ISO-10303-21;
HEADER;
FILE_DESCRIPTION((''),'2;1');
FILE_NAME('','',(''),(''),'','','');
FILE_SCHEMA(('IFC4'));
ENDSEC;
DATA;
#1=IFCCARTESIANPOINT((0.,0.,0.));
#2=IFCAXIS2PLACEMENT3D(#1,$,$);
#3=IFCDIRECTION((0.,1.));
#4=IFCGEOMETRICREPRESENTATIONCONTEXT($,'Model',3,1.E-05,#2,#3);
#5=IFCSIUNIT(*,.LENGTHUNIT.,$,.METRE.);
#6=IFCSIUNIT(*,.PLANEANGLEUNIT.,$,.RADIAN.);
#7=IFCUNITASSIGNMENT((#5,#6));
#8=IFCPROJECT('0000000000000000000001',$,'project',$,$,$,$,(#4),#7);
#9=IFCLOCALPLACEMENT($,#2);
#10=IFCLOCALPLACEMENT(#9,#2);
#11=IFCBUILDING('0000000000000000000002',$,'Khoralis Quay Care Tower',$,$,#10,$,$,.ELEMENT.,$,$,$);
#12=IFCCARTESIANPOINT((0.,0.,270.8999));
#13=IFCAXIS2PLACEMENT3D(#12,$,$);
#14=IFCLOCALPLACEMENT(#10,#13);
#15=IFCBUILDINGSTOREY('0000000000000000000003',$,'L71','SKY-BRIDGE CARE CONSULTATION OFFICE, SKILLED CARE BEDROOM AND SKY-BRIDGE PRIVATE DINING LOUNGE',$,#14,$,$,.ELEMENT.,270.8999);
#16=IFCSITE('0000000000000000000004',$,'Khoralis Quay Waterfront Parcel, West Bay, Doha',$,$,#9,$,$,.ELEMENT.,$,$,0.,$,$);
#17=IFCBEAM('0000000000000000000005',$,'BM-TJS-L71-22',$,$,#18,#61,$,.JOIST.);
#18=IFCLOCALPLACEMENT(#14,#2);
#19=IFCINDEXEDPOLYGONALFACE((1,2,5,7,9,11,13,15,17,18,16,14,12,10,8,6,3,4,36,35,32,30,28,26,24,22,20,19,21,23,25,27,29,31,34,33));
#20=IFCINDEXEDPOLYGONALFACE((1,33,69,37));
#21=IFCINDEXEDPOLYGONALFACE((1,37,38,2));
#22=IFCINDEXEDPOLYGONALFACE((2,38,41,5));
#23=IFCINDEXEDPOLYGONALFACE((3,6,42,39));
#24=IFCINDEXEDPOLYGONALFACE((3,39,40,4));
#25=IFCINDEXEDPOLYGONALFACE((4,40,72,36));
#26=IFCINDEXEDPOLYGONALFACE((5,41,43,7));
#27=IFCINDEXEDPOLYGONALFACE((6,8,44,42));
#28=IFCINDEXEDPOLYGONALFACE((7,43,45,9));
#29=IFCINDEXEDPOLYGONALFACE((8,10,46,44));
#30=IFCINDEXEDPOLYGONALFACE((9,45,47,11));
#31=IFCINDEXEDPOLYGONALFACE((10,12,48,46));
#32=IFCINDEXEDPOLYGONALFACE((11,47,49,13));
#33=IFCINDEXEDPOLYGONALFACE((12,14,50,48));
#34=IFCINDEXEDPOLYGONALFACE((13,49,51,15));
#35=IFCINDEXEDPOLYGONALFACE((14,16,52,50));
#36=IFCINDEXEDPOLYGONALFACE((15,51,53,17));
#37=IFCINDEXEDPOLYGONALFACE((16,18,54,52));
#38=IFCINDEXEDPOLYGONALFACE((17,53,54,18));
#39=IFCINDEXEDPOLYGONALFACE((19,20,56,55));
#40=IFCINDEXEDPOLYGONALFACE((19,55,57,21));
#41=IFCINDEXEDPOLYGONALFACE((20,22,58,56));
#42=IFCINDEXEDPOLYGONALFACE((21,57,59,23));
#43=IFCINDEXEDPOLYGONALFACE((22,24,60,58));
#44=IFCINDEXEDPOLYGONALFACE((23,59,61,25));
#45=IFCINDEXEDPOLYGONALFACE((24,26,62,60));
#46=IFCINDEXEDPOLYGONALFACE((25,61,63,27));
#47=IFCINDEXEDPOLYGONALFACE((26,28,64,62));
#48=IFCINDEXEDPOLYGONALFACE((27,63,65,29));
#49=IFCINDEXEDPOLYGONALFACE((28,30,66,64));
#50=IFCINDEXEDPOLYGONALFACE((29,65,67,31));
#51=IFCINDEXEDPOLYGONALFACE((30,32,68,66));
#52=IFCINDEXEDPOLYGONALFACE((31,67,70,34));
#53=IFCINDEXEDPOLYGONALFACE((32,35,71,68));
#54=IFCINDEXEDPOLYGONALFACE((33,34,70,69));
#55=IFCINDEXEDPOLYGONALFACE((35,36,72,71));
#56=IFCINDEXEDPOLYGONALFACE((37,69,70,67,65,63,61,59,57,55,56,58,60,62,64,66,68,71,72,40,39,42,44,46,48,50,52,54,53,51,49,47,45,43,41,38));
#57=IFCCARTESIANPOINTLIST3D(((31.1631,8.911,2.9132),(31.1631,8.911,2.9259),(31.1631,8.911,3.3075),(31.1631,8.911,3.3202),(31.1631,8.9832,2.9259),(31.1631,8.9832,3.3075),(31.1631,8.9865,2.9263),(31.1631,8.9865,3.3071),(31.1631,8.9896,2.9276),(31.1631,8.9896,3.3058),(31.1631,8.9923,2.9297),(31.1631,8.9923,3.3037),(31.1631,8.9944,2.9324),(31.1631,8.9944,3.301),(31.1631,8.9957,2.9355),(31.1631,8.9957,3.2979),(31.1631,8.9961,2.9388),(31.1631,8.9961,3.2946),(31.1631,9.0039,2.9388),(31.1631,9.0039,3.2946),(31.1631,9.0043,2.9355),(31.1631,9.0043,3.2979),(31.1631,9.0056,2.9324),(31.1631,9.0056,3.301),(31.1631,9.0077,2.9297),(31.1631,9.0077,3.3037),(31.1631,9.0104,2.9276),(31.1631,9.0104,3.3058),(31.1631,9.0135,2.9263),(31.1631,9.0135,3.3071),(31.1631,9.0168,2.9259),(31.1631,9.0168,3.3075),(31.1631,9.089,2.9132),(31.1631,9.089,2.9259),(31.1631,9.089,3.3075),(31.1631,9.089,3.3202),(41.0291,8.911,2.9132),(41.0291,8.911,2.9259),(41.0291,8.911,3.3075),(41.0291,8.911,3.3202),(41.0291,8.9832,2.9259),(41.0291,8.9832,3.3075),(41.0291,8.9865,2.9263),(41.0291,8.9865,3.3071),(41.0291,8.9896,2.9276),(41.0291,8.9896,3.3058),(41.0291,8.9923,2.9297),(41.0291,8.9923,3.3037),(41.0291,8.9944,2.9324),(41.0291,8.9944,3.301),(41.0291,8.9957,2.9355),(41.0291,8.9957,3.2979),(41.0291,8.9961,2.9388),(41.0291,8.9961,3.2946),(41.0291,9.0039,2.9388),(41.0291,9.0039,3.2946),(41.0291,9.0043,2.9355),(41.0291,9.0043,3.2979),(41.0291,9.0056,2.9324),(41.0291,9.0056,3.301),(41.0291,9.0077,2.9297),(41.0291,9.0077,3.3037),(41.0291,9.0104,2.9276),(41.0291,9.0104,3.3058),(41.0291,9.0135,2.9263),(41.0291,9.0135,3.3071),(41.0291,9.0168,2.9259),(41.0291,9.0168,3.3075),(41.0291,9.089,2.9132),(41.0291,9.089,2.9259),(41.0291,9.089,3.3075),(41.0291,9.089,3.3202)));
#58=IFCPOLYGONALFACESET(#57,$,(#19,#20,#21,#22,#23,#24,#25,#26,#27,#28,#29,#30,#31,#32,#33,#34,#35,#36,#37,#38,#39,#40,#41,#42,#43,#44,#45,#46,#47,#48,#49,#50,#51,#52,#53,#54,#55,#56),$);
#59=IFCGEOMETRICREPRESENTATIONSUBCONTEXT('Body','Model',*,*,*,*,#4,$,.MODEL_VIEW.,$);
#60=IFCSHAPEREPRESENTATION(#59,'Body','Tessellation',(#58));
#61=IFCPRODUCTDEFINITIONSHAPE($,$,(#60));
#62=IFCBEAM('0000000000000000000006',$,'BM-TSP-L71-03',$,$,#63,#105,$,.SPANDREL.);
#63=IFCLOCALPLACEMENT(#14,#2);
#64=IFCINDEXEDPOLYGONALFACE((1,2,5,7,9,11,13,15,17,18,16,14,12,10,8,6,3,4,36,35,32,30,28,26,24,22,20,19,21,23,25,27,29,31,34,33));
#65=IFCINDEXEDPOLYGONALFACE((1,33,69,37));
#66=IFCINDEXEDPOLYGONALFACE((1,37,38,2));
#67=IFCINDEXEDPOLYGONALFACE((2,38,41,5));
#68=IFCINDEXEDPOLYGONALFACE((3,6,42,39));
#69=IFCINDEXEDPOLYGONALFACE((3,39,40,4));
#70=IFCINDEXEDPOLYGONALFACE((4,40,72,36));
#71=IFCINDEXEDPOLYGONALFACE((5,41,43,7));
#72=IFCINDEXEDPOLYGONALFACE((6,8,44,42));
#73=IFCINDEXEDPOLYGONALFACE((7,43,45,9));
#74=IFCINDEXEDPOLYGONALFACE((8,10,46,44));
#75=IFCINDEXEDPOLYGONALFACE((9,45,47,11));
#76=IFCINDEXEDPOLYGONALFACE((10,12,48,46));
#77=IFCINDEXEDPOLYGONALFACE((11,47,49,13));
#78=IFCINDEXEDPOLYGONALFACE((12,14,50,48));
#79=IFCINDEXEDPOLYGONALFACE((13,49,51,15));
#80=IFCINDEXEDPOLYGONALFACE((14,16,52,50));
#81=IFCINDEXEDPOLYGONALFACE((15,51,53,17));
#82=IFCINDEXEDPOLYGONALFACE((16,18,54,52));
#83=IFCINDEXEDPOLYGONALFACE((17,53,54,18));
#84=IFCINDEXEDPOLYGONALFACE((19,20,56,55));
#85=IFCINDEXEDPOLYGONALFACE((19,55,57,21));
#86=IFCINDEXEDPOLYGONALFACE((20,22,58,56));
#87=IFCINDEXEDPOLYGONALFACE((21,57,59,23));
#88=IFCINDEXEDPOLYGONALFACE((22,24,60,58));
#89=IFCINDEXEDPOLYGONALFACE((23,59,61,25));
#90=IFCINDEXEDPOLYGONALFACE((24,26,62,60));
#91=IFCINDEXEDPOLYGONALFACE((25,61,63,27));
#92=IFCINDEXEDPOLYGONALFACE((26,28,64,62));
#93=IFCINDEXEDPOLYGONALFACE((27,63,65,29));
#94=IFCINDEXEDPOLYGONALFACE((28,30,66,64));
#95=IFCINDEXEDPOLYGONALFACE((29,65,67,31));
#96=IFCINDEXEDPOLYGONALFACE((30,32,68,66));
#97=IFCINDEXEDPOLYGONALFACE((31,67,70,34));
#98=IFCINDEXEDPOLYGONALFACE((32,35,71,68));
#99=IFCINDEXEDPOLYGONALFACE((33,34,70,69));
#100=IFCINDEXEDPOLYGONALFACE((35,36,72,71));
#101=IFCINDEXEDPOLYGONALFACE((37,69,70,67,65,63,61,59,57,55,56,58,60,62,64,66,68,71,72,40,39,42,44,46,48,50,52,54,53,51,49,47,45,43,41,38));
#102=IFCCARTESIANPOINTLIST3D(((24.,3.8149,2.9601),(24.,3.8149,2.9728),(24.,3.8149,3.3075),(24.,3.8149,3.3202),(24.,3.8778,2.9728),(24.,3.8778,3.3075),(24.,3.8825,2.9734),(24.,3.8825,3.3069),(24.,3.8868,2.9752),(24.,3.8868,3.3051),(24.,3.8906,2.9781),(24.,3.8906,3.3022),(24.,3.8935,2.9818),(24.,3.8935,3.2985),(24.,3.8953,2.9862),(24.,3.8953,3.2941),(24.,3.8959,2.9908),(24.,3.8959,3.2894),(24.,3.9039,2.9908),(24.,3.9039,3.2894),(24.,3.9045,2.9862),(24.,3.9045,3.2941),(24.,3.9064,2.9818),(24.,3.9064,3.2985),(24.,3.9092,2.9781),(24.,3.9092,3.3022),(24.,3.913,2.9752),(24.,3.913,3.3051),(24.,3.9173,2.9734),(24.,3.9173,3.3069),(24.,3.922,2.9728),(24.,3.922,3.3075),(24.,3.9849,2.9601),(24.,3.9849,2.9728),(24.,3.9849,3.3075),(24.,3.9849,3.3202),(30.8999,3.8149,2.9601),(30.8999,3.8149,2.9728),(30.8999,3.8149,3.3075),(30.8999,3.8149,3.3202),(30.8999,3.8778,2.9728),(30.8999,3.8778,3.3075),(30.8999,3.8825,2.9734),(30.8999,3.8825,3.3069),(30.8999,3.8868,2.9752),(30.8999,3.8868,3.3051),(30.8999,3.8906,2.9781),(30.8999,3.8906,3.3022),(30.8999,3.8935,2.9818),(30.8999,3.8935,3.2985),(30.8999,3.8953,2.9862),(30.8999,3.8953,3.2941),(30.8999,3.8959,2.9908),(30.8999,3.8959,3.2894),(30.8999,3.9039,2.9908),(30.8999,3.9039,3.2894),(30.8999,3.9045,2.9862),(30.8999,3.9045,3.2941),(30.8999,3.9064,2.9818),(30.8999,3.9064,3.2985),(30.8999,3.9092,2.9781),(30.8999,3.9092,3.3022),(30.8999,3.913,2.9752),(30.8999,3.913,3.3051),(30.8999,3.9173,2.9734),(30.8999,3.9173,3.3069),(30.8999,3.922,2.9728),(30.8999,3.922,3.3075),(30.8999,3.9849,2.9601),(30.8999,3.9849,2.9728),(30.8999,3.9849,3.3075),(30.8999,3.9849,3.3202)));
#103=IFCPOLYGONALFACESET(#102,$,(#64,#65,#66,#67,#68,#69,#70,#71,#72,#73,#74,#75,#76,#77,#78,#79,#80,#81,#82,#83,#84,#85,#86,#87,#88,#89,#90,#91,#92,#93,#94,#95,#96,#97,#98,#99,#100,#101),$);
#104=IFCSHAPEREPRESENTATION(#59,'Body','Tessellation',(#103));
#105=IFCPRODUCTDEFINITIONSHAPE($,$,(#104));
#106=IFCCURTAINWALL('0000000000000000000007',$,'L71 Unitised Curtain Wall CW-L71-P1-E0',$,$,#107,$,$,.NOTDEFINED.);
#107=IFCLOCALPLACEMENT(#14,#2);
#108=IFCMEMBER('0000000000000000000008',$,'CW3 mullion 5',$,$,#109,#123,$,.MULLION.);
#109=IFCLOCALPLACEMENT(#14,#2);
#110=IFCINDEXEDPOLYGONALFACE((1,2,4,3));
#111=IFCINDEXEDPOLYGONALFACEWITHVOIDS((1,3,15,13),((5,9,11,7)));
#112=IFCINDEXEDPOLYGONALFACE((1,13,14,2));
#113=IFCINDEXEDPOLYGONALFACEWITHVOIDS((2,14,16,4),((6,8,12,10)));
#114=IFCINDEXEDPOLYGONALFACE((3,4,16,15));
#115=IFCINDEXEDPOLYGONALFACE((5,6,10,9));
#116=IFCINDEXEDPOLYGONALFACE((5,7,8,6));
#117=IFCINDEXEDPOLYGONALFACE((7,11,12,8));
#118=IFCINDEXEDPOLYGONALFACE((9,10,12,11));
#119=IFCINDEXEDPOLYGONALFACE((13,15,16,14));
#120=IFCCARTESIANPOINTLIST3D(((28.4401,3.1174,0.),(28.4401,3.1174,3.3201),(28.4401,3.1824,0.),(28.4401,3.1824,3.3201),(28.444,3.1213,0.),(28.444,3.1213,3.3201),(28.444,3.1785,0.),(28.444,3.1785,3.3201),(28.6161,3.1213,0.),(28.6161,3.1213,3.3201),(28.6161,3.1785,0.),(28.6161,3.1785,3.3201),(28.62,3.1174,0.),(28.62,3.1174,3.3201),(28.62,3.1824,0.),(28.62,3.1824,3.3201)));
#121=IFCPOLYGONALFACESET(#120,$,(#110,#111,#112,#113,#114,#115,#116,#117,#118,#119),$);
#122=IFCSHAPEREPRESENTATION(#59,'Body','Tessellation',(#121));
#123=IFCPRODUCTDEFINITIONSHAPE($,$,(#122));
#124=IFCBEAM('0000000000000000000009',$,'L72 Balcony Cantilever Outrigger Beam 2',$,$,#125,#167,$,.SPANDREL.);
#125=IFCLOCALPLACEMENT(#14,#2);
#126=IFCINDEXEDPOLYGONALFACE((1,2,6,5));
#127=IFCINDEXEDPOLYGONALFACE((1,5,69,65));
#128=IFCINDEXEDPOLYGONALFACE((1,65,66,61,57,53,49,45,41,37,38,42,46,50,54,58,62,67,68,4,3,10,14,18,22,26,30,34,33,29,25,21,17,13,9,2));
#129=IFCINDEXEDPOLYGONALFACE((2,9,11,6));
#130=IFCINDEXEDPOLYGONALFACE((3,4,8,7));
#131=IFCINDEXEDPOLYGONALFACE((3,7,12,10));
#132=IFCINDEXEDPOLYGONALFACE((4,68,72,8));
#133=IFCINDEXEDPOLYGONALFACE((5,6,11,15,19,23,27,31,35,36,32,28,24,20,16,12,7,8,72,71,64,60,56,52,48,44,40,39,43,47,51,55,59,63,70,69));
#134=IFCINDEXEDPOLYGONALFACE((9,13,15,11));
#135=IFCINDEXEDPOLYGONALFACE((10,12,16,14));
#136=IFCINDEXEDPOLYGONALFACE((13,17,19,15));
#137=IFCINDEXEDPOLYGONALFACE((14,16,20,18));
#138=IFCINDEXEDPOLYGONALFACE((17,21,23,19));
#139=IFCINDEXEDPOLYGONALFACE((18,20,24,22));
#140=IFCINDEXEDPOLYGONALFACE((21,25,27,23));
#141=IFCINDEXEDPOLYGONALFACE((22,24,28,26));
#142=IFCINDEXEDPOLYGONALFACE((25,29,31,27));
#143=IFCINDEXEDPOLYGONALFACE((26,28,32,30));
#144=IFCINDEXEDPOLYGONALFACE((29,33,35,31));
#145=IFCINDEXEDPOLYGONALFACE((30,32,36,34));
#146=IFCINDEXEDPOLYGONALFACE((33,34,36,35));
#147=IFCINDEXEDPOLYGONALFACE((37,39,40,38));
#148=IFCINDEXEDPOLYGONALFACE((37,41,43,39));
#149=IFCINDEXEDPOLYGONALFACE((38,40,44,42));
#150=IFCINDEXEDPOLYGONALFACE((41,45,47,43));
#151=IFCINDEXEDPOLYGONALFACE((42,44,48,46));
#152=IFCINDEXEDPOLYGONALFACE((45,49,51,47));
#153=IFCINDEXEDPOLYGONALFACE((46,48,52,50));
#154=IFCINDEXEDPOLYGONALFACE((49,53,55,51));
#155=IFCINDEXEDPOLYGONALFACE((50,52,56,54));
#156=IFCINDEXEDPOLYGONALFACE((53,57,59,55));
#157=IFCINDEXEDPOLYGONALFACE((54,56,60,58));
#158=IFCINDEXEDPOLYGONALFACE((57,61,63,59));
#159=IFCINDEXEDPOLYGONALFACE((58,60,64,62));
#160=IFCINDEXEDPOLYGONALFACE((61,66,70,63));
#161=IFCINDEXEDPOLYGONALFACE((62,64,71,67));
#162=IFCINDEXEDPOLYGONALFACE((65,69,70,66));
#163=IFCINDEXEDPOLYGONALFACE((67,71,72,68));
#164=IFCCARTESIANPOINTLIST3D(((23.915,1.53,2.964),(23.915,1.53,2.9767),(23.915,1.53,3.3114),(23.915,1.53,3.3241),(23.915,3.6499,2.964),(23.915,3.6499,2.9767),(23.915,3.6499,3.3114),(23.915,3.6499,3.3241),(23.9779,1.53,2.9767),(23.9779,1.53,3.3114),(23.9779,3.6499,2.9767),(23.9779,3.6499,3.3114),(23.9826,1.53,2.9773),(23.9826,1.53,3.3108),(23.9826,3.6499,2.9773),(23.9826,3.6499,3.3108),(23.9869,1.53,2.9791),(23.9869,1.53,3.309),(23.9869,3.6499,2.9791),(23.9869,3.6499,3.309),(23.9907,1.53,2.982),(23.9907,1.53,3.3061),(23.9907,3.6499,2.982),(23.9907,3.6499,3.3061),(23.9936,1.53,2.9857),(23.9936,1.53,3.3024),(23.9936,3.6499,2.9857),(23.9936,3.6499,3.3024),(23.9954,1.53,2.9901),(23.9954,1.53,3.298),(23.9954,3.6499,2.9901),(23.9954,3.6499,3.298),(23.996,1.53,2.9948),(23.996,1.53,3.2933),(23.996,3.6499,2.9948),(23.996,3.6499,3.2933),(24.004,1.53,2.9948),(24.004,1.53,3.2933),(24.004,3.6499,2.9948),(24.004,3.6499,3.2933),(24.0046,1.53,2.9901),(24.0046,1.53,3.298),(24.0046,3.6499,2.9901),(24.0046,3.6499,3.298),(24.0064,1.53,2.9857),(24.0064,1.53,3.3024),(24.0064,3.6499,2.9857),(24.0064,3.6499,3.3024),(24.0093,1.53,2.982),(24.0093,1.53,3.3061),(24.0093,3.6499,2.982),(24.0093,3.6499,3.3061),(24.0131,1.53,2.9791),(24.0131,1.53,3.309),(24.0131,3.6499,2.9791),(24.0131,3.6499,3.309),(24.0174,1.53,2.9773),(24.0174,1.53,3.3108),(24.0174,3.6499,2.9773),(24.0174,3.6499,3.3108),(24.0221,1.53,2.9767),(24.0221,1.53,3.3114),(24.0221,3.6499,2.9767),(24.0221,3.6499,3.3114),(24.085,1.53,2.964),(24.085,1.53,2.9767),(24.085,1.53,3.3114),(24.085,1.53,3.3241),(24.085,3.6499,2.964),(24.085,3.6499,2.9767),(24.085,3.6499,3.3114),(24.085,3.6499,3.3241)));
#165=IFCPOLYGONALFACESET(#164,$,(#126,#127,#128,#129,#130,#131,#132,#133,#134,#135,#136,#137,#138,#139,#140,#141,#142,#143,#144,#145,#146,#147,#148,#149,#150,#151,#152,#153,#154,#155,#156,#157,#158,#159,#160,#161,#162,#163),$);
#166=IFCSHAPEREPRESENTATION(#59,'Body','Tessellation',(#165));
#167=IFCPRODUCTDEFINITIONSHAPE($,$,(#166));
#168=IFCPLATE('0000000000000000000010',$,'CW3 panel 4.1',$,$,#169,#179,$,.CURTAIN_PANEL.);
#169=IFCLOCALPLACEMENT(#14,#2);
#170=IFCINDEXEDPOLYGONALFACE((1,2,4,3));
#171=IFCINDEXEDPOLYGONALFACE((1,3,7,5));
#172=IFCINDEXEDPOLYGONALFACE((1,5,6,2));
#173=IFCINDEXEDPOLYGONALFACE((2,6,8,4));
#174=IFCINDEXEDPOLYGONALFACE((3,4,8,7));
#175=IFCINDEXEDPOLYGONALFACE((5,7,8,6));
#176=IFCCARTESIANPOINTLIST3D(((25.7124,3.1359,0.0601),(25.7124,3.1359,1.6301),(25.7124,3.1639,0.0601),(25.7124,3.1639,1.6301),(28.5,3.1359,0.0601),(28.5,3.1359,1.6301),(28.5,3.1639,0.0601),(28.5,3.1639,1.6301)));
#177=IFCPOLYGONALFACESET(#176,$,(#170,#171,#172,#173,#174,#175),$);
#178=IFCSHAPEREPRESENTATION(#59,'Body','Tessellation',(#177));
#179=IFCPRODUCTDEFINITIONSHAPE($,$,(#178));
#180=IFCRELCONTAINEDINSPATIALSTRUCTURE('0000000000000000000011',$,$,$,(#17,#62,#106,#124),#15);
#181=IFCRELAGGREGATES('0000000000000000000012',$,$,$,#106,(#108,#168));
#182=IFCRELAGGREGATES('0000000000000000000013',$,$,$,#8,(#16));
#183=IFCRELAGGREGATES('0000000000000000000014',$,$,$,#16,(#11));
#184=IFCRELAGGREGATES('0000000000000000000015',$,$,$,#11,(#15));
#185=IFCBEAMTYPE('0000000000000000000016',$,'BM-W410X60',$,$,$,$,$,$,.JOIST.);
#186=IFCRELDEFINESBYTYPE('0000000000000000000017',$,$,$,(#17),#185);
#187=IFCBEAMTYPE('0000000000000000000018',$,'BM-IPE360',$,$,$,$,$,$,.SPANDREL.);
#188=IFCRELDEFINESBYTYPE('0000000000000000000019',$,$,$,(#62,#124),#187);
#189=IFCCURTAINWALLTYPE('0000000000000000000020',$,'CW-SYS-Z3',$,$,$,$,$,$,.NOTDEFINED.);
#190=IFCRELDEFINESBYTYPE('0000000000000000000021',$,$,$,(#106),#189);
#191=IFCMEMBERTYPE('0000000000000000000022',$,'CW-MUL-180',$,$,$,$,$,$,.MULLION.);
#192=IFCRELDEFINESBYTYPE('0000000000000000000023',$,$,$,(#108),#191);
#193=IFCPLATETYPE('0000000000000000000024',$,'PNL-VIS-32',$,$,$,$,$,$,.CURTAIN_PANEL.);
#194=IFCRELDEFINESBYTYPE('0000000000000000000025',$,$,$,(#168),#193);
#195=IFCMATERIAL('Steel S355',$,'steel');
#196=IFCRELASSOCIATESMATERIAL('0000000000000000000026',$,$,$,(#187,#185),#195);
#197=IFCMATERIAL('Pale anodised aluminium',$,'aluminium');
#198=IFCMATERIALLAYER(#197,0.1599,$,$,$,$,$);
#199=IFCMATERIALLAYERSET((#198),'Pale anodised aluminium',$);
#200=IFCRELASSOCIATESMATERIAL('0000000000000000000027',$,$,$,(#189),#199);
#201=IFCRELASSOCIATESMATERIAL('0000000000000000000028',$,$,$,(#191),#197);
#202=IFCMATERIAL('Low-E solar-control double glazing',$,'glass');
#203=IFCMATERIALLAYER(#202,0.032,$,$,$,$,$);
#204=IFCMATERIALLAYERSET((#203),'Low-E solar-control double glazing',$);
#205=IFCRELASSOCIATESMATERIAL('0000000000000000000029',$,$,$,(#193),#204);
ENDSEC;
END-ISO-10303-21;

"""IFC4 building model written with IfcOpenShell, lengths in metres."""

from ifc_helpers import new_model, si_unit, direction, frame, origin, origin_2d, place, context, subcontext, project, spatial, rectangle, hollow_rectangle, i_section, extrude, source, transform, mapped, material, layer, layer_set, material_profile, profile_set, type_object, element, aggregate, save


model = new_model("IFC4")

# Units and contexts
model_context = context("Model", 3, precision=1e-05, world=origin(), true_north=direction((0.0, 1.0)))
body_context = subcontext(model_context, "Body", "Model", "MODEL_VIEW")
ifc_project = project(units=[si_unit("LENGTHUNIT", "METRE"), si_unit("PLANEANGLEUNIT", "RADIAN")], contexts=[model_context])

# Site, building, storey
site_placement = place(None, origin())
site = spatial("IfcSite", under=ifc_project, at=site_placement, Name="Khoralis Quay Waterfront Parcel, West Bay, Doha", CompositionType="ELEMENT", RefElevation=0.0)
building_placement = place(site_placement, origin())
building = spatial("IfcBuilding", under=site, at=building_placement, Name="Khoralis Quay Care Tower", CompositionType="ELEMENT")
storey_placement = place(building_placement, frame((0.0, 0.0, 270.8999)))
storey = spatial("IfcBuildingStorey", under=building, at=storey_placement, Name="L71", Description="SKY-BRIDGE CARE CONSULTATION OFFICE, SKILLED CARE BEDROOM AND SKY-BRIDGE PRIVATE DINING LOUNGE", CompositionType="ELEMENT", Elevation=270.8999)

# Beams
ifc_material_1 = material(Name="Steel S355", Category="steel")
ifc_material_profile_1 = material_profile(ifc_material_1, i_section(OverallWidth=0.1699, OverallDepth=0.3601, WebThickness=0.0081, FlangeThickness=0.0127, FilletRadius=0.0181, at=origin_2d()), Name="Steel S355")
ifc_profile_set_1 = profile_set([ifc_material_profile_1], Name="Steel S355")
beam_type_1 = type_object("IfcBeamType", Name="BM-IPE360", PredefinedType="SPANDREL", material=ifc_profile_set_1)
ifc_material_profile_2 = material_profile(ifc_material_1, i_section(OverallWidth=0.178, OverallDepth=0.407, WebThickness=0.0078, FlangeThickness=0.0127, FilletRadius=0.0129, at=origin_2d()), Name="Steel S355")
ifc_profile_set_2 = profile_set([ifc_material_profile_2], Name="Steel S355")
beam_type_2 = type_object("IfcBeamType", Name="BM-W410X60", PredefinedType="JOIST", material=ifc_profile_set_2)
shared_shape_1 = source(origin(), body_context, "Body", "SweptSolid", [
    extrude(i_section(OverallWidth=0.178, OverallDepth=0.407, WebThickness=0.0078, FlangeThickness=0.0127, FilletRadius=0.0129, at=origin_2d()), origin(), (0.0, 0.0, 1.0), 9.866),
])
beam_1_placement = place(storey_placement, frame((31.1631, 9.0, 3.1167), z_axis=(1.0, 0.0, 0.0), x_axis=(0.0, 1.0, 0.0)))
element("IfcBeam", 1, at=beam_1_placement, inside=storey, type_object=beam_type_2, Name="BM-TJS-L71-22", PredefinedType="JOIST", context=body_context, shape_type="MappedRepresentation", body=[
    mapped(shared_shape_1, transform((0.0, 0.0, 0.0), scale=1.0)),
])
shared_shape_2 = source(origin(), body_context, "Body", "SweptSolid", [
    extrude(i_section(OverallWidth=0.1699, OverallDepth=0.3601, WebThickness=0.0081, FlangeThickness=0.0127, FilletRadius=0.0181, at=origin_2d()), origin(), (0.0, 0.0, 1.0), 6.8999),
])
beam_2_placement = place(storey_placement, frame((24.0, 3.8999, 3.1401), z_axis=(1.0, 0.0, 0.0), x_axis=(0.0, 1.0, 0.0)))
element("IfcBeam", 2, at=beam_2_placement, inside=storey, type_object=beam_type_1, Name="BM-TSP-L71-03", PredefinedType="SPANDREL", context=body_context, shape_type="MappedRepresentation", body=[
    mapped(shared_shape_2, transform((0.0, 0.0, 0.0), scale=1.0)),
])

# Curtain wall, member
ifc_material_2 = material(Name="Pale anodised aluminium", Category="aluminium")
ifc_layer_1 = layer(ifc_material_2, 0.1599)
ifc_layer_set_1 = layer_set([ifc_layer_1], Name="Pale anodised aluminium")
curtain_wall_type = type_object("IfcCurtainWallType", Name="CW-SYS-Z3", PredefinedType="NOTDEFINED", material=ifc_layer_set_1)
curtain_wall_placement = place(storey_placement, origin())
curtain_wall = element("IfcCurtainWall", 3, at=curtain_wall_placement, inside=storey, type_object=curtain_wall_type, Name="L71 Unitised Curtain Wall CW-L71-P1-E0", PredefinedType="NOTDEFINED")
ifc_material_profile_3 = material_profile(ifc_material_2, hollow_rectangle(XDim=0.0649, YDim=0.1799, WallThickness=0.0039, at=origin_2d()), Name="Pale anodised aluminium")
ifc_profile_set_3 = profile_set([ifc_material_profile_3], Name="Pale anodised aluminium")
member_type = type_object("IfcMemberType", Name="CW-MUL-180", PredefinedType="MULLION", material=ifc_profile_set_3)
shared_shape_3 = source(origin(), body_context, "Body", "SweptSolid", [
    extrude(hollow_rectangle(XDim=0.0649, YDim=0.1799, WallThickness=0.0039, at=origin_2d()), origin(), (0.0, 0.0, 1.0), 3.3201),
])
member_placement = place(storey_placement, frame((28.53, 3.1499, 0.0), z_axis=(0.0, 0.0, 1.0), x_axis=(0.0, 1.0, 0.0)))
member = element("IfcMember", 4, at=member_placement, type_object=member_type, Name="CW3 mullion 5", PredefinedType="MULLION", context=body_context, shape_type="MappedRepresentation", body=[
    mapped(shared_shape_3, transform((0.0, 0.0, 0.0), scale=1.0)),
])

# Beam
shared_shape_4 = source(origin(), body_context, "Body", "SweptSolid", [
    extrude(i_section(OverallWidth=0.1699, OverallDepth=0.3601, WebThickness=0.0081, FlangeThickness=0.0127, FilletRadius=0.0181, at=origin_2d()), origin(), (0.0, 0.0, 1.0), 2.1199),
])
beam_3_placement = place(storey_placement, frame((24.0, 3.6499, 3.144), z_axis=(0.0, -1.0, 0.0), x_axis=(1.0, 0.0, 0.0)))
element("IfcBeam", 5, at=beam_3_placement, inside=storey, type_object=beam_type_1, Name="L72 Balcony Cantilever Outrigger Beam 2", PredefinedType="SPANDREL", context=body_context, shape_type="MappedRepresentation", body=[
    mapped(shared_shape_4, transform((0.0, 0.0, 0.0), scale=1.0)),
])

# Plate
ifc_material_3 = material(Name="Low-E solar-control double glazing", Category="glass")
ifc_layer_2 = layer(ifc_material_3, 0.032)
ifc_layer_set_2 = layer_set([ifc_layer_2], Name="Low-E solar-control double glazing")
plate_type = type_object("IfcPlateType", Name="PNL-VIS-32", PredefinedType="CURTAIN_PANEL", material=ifc_layer_set_2)
shared_shape_5 = source(origin(), body_context, "Body", "SweptSolid", [
    extrude(rectangle(XDim=2.7876, YDim=0.0281, at=origin_2d()), origin(), (0.0, 0.0, 1.0), 1.5701),
])
plate_1_placement = place(storey_placement, frame((27.1062, 3.1499, 0.0601), z_axis=(0.0, 0.0, 1.0), x_axis=(1.0, 0.0, 0.0)))
plate_1 = element("IfcPlate", 6, at=plate_1_placement, type_object=plate_type, Name="CW3 panel 4.1", PredefinedType="CURTAIN_PANEL", context=body_context, shape_type="MappedRepresentation", body=[
    mapped(shared_shape_5, transform((0.0, 0.0, 0.0), scale=1.0)),
])
aggregate(curtain_wall, [member, plate_1])

save(model, "model.ifc")
